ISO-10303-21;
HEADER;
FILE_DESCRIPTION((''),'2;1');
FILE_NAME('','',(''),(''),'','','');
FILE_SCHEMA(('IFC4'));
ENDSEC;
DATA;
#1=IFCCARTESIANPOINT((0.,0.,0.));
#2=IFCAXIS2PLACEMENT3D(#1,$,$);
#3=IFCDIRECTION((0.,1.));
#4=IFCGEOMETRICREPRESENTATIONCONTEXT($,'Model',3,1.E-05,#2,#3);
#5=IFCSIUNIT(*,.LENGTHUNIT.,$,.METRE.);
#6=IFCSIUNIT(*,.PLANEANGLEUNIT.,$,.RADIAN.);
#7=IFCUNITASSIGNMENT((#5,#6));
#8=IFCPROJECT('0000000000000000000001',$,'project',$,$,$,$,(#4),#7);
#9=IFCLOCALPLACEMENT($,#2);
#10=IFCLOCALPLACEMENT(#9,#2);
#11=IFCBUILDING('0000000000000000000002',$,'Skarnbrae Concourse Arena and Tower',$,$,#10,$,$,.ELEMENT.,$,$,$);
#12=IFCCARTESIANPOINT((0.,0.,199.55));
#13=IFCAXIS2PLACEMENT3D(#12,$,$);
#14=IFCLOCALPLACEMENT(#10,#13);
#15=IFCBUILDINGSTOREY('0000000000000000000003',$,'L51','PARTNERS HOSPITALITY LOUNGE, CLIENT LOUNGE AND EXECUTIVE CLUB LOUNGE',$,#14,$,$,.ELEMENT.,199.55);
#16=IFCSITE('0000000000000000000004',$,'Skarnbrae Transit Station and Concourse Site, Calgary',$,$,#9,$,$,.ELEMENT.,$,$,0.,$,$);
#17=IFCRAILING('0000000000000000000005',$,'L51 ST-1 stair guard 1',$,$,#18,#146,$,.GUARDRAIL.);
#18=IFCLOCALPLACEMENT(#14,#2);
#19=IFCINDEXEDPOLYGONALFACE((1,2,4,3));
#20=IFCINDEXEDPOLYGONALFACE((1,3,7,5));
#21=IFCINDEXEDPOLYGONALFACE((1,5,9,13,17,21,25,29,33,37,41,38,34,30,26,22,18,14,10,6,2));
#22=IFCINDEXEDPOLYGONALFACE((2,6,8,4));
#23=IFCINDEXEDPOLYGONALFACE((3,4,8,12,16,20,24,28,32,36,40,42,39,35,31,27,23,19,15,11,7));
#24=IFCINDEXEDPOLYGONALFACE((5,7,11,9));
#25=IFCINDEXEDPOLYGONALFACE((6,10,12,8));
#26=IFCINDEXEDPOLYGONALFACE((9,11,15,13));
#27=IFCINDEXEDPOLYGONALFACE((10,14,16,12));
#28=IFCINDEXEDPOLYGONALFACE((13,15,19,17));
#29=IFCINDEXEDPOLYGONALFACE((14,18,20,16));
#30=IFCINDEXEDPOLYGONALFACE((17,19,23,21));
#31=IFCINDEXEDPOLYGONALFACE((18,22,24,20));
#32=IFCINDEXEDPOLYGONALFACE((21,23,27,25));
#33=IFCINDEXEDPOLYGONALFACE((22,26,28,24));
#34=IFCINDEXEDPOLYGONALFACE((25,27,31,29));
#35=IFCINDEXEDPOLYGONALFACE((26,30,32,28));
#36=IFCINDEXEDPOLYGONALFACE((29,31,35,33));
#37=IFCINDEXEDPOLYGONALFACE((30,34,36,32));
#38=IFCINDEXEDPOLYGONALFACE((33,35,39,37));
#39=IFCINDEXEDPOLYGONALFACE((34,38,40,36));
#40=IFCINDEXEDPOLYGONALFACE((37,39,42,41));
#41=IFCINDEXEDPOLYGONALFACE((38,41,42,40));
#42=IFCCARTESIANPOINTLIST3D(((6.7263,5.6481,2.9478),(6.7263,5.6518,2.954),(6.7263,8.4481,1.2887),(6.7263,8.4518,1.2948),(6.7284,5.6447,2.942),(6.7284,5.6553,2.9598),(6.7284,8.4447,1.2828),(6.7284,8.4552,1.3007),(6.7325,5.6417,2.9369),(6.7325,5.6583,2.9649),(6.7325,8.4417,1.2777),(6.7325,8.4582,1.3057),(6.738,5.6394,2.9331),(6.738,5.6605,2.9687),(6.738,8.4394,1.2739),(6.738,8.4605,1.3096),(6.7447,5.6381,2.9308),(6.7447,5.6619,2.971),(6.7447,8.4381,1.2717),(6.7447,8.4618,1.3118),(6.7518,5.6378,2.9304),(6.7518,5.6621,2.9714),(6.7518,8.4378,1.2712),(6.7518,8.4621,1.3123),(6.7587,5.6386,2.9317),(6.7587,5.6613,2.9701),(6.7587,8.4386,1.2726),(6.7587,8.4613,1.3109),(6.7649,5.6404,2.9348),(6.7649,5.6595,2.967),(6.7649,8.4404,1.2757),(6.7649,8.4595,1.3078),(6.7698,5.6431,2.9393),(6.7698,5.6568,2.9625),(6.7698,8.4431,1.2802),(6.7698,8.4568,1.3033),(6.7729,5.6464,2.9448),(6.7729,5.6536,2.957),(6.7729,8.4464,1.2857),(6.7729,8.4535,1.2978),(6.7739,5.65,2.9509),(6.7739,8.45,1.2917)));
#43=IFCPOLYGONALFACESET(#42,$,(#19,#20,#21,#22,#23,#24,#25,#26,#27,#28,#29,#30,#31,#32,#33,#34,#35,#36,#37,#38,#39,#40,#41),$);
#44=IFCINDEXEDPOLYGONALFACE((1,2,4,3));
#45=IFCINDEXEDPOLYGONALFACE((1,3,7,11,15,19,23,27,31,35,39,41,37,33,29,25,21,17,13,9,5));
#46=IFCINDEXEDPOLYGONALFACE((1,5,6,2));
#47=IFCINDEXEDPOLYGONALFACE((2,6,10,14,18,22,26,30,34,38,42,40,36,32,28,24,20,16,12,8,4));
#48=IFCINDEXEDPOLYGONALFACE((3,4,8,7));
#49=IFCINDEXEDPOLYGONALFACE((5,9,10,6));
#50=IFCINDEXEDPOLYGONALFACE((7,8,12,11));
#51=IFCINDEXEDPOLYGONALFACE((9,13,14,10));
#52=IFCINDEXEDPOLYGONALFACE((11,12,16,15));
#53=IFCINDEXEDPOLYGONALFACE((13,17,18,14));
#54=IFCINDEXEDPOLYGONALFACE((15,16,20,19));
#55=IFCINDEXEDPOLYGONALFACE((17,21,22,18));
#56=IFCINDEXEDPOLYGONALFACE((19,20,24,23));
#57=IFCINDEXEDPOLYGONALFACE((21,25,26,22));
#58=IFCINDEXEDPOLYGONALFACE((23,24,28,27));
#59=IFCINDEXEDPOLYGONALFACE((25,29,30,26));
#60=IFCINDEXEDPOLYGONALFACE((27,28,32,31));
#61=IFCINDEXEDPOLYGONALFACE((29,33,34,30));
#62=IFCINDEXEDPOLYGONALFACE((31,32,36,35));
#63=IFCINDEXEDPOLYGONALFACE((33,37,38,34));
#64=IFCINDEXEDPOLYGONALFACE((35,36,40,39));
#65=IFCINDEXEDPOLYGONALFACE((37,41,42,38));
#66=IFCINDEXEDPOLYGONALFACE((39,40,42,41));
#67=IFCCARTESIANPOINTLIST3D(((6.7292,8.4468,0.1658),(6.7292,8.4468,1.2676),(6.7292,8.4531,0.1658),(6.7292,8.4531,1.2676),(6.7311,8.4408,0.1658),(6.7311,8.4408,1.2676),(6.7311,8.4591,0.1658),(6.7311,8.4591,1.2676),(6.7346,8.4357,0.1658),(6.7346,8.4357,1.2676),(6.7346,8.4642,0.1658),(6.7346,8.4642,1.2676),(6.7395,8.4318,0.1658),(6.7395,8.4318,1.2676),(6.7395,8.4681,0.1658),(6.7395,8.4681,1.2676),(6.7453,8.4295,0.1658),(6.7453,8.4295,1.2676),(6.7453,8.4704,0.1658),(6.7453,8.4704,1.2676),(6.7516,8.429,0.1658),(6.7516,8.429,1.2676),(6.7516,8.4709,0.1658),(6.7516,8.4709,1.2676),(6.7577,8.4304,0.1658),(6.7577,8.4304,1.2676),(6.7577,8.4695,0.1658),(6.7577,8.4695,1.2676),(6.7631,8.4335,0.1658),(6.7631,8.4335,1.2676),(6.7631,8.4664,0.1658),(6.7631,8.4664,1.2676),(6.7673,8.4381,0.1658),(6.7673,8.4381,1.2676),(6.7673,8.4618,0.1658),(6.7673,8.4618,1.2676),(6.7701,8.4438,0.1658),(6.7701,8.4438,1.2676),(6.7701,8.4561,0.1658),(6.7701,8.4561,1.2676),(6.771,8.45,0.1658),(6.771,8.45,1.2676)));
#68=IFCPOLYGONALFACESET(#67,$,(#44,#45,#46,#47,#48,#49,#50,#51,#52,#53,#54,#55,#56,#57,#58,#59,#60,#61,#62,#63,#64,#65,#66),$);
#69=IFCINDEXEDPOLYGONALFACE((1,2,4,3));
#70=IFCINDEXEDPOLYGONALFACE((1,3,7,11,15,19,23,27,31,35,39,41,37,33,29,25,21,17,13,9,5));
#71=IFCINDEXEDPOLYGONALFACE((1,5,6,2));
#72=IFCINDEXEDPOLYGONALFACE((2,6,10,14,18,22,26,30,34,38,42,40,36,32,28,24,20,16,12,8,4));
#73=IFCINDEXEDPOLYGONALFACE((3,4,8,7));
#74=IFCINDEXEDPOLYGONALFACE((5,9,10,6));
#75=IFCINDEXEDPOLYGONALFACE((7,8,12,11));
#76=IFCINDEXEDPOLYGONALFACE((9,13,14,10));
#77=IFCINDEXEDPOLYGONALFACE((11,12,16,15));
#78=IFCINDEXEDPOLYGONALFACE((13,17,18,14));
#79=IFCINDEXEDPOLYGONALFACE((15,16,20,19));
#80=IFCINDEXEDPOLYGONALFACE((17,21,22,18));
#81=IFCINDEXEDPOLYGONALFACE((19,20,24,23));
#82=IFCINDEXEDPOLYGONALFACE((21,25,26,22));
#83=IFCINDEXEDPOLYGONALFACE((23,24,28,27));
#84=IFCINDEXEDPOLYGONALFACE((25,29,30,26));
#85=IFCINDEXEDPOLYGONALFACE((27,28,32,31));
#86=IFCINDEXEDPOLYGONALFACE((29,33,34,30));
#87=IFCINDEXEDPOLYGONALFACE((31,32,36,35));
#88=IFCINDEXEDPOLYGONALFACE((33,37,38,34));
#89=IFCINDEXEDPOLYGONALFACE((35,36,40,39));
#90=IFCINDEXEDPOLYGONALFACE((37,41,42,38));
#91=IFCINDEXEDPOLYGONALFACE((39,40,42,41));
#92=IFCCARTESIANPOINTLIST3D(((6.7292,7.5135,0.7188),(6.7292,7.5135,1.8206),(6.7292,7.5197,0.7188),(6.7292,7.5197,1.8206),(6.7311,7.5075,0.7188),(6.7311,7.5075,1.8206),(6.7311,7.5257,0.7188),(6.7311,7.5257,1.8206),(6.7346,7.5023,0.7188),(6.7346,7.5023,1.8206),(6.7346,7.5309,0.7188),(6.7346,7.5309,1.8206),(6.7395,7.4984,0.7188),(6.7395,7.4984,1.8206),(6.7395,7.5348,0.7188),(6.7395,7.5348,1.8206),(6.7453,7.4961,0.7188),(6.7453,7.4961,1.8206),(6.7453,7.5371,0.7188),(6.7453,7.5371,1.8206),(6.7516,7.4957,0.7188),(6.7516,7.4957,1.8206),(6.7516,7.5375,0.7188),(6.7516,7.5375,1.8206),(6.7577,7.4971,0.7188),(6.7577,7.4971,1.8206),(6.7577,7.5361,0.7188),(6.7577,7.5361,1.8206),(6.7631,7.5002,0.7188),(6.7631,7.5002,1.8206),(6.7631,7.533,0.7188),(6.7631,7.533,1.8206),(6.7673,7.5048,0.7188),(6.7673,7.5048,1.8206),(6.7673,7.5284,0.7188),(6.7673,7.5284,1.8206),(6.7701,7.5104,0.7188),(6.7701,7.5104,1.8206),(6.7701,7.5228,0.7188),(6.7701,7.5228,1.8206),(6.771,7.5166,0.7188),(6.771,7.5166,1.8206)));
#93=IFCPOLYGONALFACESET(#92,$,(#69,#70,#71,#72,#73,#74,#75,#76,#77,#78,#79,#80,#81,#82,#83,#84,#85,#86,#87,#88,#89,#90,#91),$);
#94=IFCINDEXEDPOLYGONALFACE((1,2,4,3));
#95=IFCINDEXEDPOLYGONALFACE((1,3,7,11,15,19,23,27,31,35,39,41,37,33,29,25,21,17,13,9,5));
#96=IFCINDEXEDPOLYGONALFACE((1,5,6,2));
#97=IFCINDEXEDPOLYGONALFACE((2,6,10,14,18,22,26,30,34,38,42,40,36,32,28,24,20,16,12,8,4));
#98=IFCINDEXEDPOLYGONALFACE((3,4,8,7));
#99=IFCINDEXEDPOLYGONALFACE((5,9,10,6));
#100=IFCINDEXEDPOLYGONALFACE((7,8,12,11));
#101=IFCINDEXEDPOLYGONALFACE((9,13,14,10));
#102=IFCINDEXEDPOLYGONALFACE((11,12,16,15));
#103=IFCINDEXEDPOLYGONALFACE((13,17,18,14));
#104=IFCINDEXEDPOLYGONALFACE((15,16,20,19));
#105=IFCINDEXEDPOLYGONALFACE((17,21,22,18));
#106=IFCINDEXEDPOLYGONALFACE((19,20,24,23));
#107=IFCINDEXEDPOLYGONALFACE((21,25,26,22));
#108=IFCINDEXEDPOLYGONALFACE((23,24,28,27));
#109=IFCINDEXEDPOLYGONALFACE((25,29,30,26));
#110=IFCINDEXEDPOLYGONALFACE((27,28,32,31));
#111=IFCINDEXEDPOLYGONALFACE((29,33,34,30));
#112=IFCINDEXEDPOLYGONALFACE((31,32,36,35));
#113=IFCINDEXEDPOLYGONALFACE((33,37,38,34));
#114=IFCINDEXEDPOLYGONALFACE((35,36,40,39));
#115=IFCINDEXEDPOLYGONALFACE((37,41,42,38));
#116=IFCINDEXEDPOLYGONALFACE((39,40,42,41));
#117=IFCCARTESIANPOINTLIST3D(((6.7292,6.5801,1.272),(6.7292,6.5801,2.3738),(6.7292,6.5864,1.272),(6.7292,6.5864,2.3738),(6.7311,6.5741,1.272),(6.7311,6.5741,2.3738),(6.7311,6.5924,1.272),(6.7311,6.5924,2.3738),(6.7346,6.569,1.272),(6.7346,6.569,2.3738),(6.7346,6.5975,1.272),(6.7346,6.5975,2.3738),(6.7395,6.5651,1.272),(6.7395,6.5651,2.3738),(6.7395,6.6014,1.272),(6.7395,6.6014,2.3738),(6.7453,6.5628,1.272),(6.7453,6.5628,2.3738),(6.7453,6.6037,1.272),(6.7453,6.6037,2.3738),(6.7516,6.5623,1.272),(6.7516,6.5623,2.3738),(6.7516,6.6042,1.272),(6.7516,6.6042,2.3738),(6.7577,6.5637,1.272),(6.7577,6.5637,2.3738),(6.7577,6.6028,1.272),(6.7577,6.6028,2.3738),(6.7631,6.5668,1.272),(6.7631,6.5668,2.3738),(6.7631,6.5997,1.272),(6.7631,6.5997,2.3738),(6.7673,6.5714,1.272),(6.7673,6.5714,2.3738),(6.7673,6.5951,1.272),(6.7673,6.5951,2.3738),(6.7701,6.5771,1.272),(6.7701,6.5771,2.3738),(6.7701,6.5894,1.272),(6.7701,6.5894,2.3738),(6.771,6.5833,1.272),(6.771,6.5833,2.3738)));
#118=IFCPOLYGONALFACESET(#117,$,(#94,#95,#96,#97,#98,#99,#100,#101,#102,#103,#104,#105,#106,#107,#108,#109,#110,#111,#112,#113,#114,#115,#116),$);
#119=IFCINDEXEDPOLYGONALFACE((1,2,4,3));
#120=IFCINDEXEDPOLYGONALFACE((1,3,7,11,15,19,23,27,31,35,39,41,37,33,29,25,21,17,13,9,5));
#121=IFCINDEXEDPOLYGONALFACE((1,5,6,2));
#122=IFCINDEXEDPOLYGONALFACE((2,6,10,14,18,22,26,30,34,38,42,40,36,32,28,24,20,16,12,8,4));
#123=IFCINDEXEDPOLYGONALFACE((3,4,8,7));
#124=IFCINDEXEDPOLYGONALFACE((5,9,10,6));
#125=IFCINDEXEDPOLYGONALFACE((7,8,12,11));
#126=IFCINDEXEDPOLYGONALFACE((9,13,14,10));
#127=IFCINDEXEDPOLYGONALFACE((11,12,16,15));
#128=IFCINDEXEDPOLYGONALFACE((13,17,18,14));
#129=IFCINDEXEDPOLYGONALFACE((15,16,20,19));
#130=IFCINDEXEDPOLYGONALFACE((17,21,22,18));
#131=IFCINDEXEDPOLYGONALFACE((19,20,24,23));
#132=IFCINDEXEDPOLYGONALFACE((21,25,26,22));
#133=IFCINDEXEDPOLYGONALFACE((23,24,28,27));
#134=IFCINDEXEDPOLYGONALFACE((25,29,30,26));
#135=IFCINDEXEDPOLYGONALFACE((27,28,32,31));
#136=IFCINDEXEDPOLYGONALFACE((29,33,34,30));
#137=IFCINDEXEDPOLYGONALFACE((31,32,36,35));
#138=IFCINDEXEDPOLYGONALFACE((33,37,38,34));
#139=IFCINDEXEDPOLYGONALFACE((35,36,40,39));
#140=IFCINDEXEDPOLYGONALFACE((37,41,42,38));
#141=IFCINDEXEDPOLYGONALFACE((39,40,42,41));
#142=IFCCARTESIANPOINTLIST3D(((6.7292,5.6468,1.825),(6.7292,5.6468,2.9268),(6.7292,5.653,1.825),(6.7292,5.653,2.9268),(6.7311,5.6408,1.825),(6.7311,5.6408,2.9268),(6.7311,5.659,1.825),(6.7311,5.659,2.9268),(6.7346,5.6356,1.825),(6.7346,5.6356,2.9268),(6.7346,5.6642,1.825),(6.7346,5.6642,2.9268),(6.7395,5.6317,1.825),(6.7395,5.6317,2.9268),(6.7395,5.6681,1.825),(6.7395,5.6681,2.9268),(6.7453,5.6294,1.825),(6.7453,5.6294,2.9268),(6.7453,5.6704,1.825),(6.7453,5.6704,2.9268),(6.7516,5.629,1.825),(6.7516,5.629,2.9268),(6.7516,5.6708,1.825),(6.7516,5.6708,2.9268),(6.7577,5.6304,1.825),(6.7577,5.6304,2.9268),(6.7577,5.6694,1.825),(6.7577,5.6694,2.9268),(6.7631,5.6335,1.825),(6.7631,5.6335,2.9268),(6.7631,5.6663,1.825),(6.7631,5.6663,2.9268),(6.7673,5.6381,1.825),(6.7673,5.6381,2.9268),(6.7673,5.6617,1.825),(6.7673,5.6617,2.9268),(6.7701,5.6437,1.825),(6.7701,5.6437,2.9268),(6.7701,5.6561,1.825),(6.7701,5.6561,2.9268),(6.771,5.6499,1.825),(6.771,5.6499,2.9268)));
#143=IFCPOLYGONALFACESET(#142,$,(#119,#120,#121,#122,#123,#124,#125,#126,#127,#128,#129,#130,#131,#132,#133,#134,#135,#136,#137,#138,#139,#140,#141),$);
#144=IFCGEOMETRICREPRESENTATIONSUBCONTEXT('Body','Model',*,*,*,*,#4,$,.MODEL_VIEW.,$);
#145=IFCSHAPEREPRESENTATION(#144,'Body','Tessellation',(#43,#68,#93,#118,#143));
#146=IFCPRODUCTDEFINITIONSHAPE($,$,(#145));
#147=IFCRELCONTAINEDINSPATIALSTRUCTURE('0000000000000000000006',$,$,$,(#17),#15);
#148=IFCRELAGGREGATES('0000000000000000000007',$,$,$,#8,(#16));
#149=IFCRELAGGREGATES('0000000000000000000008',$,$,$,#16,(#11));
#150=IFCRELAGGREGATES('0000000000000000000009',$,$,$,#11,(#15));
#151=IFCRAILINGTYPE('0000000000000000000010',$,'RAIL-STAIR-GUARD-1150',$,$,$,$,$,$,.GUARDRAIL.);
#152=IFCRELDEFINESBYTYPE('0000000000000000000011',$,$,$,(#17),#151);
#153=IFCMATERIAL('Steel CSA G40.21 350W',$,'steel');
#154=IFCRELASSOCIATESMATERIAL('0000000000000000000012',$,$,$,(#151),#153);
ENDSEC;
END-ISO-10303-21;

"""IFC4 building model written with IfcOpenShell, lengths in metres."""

from ifc_helpers import new_model, si_unit, direction, frame, origin, origin_2d, place, context, subcontext, project, spatial, circle, extrude, material, type_object, element, save


model = new_model("IFC4")

# Units and contexts
model_context = context("Model", 3, precision=1e-05, world=origin(), true_north=direction((0.0, 1.0)))
body_context = subcontext(model_context, "Body", "Model", "MODEL_VIEW")
ifc_project = project(units=[si_unit("LENGTHUNIT", "METRE"), si_unit("PLANEANGLEUNIT", "RADIAN")], contexts=[model_context])

# Site, building, storey
site_placement = place(None, origin())
site = spatial("IfcSite", under=ifc_project, at=site_placement, Name="Skarnbrae Transit Station and Concourse Site, Calgary", CompositionType="ELEMENT", RefElevation=0.0)
building_placement = place(site_placement, origin())
building = spatial("IfcBuilding", under=site, at=building_placement, Name="Skarnbrae Concourse Arena and Tower", CompositionType="ELEMENT")
storey_placement = place(building_placement, frame((0.0, 0.0, 199.55)))
storey = spatial("IfcBuildingStorey", under=building, at=storey_placement, Name="L51", Description="PARTNERS HOSPITALITY LOUNGE, CLIENT LOUNGE AND EXECUTIVE CLUB LOUNGE", CompositionType="ELEMENT", Elevation=199.55)

# Railing
ifc_material_1 = material(Name="Steel CSA G40.21 350W", Category="steel")
railing_type_1 = type_object("IfcRailingType", Name="RAIL-STAIR-GUARD-1150", PredefinedType="GUARDRAIL", material=ifc_material_1)
railing_1_placement = place(storey_placement, frame((6.75, 8.45, 0.1658)))
element("IfcRailing", 1, at=railing_1_placement, inside=storey, type_object=railing_type_1, Name="L51 ST-1 stair guard 1", PredefinedType="GUARDRAIL", context=body_context, shape_type="SweptSolid", body=[
    extrude(circle(Radius=0.0239, at=origin_2d()), frame((0.0, 0.0, 1.126), z_axis=(0.0, -0.860306, 0.509778), x_axis=(1.0, 0.0, 0.0)), (0.0, 0.0, 1.0), 3.2546),
    extrude(circle(Radius=0.021, at=origin_2d()), origin(), (0.0, 0.0, 1.0), 1.1018),
    extrude(circle(Radius=0.021, at=origin_2d()), frame((0.0, -0.9333, 0.553)), (0.0, 0.0, 1.0), 1.1018),
    extrude(circle(Radius=0.021, at=origin_2d()), frame((0.0, -1.8667, 1.1062)), (0.0, 0.0, 1.0), 1.1018),
    extrude(circle(Radius=0.021, at=origin_2d()), frame((0.0, -2.8, 1.6592)), (0.0, 0.0, 1.0), 1.1018),
])

save(model, "model.ifc")
